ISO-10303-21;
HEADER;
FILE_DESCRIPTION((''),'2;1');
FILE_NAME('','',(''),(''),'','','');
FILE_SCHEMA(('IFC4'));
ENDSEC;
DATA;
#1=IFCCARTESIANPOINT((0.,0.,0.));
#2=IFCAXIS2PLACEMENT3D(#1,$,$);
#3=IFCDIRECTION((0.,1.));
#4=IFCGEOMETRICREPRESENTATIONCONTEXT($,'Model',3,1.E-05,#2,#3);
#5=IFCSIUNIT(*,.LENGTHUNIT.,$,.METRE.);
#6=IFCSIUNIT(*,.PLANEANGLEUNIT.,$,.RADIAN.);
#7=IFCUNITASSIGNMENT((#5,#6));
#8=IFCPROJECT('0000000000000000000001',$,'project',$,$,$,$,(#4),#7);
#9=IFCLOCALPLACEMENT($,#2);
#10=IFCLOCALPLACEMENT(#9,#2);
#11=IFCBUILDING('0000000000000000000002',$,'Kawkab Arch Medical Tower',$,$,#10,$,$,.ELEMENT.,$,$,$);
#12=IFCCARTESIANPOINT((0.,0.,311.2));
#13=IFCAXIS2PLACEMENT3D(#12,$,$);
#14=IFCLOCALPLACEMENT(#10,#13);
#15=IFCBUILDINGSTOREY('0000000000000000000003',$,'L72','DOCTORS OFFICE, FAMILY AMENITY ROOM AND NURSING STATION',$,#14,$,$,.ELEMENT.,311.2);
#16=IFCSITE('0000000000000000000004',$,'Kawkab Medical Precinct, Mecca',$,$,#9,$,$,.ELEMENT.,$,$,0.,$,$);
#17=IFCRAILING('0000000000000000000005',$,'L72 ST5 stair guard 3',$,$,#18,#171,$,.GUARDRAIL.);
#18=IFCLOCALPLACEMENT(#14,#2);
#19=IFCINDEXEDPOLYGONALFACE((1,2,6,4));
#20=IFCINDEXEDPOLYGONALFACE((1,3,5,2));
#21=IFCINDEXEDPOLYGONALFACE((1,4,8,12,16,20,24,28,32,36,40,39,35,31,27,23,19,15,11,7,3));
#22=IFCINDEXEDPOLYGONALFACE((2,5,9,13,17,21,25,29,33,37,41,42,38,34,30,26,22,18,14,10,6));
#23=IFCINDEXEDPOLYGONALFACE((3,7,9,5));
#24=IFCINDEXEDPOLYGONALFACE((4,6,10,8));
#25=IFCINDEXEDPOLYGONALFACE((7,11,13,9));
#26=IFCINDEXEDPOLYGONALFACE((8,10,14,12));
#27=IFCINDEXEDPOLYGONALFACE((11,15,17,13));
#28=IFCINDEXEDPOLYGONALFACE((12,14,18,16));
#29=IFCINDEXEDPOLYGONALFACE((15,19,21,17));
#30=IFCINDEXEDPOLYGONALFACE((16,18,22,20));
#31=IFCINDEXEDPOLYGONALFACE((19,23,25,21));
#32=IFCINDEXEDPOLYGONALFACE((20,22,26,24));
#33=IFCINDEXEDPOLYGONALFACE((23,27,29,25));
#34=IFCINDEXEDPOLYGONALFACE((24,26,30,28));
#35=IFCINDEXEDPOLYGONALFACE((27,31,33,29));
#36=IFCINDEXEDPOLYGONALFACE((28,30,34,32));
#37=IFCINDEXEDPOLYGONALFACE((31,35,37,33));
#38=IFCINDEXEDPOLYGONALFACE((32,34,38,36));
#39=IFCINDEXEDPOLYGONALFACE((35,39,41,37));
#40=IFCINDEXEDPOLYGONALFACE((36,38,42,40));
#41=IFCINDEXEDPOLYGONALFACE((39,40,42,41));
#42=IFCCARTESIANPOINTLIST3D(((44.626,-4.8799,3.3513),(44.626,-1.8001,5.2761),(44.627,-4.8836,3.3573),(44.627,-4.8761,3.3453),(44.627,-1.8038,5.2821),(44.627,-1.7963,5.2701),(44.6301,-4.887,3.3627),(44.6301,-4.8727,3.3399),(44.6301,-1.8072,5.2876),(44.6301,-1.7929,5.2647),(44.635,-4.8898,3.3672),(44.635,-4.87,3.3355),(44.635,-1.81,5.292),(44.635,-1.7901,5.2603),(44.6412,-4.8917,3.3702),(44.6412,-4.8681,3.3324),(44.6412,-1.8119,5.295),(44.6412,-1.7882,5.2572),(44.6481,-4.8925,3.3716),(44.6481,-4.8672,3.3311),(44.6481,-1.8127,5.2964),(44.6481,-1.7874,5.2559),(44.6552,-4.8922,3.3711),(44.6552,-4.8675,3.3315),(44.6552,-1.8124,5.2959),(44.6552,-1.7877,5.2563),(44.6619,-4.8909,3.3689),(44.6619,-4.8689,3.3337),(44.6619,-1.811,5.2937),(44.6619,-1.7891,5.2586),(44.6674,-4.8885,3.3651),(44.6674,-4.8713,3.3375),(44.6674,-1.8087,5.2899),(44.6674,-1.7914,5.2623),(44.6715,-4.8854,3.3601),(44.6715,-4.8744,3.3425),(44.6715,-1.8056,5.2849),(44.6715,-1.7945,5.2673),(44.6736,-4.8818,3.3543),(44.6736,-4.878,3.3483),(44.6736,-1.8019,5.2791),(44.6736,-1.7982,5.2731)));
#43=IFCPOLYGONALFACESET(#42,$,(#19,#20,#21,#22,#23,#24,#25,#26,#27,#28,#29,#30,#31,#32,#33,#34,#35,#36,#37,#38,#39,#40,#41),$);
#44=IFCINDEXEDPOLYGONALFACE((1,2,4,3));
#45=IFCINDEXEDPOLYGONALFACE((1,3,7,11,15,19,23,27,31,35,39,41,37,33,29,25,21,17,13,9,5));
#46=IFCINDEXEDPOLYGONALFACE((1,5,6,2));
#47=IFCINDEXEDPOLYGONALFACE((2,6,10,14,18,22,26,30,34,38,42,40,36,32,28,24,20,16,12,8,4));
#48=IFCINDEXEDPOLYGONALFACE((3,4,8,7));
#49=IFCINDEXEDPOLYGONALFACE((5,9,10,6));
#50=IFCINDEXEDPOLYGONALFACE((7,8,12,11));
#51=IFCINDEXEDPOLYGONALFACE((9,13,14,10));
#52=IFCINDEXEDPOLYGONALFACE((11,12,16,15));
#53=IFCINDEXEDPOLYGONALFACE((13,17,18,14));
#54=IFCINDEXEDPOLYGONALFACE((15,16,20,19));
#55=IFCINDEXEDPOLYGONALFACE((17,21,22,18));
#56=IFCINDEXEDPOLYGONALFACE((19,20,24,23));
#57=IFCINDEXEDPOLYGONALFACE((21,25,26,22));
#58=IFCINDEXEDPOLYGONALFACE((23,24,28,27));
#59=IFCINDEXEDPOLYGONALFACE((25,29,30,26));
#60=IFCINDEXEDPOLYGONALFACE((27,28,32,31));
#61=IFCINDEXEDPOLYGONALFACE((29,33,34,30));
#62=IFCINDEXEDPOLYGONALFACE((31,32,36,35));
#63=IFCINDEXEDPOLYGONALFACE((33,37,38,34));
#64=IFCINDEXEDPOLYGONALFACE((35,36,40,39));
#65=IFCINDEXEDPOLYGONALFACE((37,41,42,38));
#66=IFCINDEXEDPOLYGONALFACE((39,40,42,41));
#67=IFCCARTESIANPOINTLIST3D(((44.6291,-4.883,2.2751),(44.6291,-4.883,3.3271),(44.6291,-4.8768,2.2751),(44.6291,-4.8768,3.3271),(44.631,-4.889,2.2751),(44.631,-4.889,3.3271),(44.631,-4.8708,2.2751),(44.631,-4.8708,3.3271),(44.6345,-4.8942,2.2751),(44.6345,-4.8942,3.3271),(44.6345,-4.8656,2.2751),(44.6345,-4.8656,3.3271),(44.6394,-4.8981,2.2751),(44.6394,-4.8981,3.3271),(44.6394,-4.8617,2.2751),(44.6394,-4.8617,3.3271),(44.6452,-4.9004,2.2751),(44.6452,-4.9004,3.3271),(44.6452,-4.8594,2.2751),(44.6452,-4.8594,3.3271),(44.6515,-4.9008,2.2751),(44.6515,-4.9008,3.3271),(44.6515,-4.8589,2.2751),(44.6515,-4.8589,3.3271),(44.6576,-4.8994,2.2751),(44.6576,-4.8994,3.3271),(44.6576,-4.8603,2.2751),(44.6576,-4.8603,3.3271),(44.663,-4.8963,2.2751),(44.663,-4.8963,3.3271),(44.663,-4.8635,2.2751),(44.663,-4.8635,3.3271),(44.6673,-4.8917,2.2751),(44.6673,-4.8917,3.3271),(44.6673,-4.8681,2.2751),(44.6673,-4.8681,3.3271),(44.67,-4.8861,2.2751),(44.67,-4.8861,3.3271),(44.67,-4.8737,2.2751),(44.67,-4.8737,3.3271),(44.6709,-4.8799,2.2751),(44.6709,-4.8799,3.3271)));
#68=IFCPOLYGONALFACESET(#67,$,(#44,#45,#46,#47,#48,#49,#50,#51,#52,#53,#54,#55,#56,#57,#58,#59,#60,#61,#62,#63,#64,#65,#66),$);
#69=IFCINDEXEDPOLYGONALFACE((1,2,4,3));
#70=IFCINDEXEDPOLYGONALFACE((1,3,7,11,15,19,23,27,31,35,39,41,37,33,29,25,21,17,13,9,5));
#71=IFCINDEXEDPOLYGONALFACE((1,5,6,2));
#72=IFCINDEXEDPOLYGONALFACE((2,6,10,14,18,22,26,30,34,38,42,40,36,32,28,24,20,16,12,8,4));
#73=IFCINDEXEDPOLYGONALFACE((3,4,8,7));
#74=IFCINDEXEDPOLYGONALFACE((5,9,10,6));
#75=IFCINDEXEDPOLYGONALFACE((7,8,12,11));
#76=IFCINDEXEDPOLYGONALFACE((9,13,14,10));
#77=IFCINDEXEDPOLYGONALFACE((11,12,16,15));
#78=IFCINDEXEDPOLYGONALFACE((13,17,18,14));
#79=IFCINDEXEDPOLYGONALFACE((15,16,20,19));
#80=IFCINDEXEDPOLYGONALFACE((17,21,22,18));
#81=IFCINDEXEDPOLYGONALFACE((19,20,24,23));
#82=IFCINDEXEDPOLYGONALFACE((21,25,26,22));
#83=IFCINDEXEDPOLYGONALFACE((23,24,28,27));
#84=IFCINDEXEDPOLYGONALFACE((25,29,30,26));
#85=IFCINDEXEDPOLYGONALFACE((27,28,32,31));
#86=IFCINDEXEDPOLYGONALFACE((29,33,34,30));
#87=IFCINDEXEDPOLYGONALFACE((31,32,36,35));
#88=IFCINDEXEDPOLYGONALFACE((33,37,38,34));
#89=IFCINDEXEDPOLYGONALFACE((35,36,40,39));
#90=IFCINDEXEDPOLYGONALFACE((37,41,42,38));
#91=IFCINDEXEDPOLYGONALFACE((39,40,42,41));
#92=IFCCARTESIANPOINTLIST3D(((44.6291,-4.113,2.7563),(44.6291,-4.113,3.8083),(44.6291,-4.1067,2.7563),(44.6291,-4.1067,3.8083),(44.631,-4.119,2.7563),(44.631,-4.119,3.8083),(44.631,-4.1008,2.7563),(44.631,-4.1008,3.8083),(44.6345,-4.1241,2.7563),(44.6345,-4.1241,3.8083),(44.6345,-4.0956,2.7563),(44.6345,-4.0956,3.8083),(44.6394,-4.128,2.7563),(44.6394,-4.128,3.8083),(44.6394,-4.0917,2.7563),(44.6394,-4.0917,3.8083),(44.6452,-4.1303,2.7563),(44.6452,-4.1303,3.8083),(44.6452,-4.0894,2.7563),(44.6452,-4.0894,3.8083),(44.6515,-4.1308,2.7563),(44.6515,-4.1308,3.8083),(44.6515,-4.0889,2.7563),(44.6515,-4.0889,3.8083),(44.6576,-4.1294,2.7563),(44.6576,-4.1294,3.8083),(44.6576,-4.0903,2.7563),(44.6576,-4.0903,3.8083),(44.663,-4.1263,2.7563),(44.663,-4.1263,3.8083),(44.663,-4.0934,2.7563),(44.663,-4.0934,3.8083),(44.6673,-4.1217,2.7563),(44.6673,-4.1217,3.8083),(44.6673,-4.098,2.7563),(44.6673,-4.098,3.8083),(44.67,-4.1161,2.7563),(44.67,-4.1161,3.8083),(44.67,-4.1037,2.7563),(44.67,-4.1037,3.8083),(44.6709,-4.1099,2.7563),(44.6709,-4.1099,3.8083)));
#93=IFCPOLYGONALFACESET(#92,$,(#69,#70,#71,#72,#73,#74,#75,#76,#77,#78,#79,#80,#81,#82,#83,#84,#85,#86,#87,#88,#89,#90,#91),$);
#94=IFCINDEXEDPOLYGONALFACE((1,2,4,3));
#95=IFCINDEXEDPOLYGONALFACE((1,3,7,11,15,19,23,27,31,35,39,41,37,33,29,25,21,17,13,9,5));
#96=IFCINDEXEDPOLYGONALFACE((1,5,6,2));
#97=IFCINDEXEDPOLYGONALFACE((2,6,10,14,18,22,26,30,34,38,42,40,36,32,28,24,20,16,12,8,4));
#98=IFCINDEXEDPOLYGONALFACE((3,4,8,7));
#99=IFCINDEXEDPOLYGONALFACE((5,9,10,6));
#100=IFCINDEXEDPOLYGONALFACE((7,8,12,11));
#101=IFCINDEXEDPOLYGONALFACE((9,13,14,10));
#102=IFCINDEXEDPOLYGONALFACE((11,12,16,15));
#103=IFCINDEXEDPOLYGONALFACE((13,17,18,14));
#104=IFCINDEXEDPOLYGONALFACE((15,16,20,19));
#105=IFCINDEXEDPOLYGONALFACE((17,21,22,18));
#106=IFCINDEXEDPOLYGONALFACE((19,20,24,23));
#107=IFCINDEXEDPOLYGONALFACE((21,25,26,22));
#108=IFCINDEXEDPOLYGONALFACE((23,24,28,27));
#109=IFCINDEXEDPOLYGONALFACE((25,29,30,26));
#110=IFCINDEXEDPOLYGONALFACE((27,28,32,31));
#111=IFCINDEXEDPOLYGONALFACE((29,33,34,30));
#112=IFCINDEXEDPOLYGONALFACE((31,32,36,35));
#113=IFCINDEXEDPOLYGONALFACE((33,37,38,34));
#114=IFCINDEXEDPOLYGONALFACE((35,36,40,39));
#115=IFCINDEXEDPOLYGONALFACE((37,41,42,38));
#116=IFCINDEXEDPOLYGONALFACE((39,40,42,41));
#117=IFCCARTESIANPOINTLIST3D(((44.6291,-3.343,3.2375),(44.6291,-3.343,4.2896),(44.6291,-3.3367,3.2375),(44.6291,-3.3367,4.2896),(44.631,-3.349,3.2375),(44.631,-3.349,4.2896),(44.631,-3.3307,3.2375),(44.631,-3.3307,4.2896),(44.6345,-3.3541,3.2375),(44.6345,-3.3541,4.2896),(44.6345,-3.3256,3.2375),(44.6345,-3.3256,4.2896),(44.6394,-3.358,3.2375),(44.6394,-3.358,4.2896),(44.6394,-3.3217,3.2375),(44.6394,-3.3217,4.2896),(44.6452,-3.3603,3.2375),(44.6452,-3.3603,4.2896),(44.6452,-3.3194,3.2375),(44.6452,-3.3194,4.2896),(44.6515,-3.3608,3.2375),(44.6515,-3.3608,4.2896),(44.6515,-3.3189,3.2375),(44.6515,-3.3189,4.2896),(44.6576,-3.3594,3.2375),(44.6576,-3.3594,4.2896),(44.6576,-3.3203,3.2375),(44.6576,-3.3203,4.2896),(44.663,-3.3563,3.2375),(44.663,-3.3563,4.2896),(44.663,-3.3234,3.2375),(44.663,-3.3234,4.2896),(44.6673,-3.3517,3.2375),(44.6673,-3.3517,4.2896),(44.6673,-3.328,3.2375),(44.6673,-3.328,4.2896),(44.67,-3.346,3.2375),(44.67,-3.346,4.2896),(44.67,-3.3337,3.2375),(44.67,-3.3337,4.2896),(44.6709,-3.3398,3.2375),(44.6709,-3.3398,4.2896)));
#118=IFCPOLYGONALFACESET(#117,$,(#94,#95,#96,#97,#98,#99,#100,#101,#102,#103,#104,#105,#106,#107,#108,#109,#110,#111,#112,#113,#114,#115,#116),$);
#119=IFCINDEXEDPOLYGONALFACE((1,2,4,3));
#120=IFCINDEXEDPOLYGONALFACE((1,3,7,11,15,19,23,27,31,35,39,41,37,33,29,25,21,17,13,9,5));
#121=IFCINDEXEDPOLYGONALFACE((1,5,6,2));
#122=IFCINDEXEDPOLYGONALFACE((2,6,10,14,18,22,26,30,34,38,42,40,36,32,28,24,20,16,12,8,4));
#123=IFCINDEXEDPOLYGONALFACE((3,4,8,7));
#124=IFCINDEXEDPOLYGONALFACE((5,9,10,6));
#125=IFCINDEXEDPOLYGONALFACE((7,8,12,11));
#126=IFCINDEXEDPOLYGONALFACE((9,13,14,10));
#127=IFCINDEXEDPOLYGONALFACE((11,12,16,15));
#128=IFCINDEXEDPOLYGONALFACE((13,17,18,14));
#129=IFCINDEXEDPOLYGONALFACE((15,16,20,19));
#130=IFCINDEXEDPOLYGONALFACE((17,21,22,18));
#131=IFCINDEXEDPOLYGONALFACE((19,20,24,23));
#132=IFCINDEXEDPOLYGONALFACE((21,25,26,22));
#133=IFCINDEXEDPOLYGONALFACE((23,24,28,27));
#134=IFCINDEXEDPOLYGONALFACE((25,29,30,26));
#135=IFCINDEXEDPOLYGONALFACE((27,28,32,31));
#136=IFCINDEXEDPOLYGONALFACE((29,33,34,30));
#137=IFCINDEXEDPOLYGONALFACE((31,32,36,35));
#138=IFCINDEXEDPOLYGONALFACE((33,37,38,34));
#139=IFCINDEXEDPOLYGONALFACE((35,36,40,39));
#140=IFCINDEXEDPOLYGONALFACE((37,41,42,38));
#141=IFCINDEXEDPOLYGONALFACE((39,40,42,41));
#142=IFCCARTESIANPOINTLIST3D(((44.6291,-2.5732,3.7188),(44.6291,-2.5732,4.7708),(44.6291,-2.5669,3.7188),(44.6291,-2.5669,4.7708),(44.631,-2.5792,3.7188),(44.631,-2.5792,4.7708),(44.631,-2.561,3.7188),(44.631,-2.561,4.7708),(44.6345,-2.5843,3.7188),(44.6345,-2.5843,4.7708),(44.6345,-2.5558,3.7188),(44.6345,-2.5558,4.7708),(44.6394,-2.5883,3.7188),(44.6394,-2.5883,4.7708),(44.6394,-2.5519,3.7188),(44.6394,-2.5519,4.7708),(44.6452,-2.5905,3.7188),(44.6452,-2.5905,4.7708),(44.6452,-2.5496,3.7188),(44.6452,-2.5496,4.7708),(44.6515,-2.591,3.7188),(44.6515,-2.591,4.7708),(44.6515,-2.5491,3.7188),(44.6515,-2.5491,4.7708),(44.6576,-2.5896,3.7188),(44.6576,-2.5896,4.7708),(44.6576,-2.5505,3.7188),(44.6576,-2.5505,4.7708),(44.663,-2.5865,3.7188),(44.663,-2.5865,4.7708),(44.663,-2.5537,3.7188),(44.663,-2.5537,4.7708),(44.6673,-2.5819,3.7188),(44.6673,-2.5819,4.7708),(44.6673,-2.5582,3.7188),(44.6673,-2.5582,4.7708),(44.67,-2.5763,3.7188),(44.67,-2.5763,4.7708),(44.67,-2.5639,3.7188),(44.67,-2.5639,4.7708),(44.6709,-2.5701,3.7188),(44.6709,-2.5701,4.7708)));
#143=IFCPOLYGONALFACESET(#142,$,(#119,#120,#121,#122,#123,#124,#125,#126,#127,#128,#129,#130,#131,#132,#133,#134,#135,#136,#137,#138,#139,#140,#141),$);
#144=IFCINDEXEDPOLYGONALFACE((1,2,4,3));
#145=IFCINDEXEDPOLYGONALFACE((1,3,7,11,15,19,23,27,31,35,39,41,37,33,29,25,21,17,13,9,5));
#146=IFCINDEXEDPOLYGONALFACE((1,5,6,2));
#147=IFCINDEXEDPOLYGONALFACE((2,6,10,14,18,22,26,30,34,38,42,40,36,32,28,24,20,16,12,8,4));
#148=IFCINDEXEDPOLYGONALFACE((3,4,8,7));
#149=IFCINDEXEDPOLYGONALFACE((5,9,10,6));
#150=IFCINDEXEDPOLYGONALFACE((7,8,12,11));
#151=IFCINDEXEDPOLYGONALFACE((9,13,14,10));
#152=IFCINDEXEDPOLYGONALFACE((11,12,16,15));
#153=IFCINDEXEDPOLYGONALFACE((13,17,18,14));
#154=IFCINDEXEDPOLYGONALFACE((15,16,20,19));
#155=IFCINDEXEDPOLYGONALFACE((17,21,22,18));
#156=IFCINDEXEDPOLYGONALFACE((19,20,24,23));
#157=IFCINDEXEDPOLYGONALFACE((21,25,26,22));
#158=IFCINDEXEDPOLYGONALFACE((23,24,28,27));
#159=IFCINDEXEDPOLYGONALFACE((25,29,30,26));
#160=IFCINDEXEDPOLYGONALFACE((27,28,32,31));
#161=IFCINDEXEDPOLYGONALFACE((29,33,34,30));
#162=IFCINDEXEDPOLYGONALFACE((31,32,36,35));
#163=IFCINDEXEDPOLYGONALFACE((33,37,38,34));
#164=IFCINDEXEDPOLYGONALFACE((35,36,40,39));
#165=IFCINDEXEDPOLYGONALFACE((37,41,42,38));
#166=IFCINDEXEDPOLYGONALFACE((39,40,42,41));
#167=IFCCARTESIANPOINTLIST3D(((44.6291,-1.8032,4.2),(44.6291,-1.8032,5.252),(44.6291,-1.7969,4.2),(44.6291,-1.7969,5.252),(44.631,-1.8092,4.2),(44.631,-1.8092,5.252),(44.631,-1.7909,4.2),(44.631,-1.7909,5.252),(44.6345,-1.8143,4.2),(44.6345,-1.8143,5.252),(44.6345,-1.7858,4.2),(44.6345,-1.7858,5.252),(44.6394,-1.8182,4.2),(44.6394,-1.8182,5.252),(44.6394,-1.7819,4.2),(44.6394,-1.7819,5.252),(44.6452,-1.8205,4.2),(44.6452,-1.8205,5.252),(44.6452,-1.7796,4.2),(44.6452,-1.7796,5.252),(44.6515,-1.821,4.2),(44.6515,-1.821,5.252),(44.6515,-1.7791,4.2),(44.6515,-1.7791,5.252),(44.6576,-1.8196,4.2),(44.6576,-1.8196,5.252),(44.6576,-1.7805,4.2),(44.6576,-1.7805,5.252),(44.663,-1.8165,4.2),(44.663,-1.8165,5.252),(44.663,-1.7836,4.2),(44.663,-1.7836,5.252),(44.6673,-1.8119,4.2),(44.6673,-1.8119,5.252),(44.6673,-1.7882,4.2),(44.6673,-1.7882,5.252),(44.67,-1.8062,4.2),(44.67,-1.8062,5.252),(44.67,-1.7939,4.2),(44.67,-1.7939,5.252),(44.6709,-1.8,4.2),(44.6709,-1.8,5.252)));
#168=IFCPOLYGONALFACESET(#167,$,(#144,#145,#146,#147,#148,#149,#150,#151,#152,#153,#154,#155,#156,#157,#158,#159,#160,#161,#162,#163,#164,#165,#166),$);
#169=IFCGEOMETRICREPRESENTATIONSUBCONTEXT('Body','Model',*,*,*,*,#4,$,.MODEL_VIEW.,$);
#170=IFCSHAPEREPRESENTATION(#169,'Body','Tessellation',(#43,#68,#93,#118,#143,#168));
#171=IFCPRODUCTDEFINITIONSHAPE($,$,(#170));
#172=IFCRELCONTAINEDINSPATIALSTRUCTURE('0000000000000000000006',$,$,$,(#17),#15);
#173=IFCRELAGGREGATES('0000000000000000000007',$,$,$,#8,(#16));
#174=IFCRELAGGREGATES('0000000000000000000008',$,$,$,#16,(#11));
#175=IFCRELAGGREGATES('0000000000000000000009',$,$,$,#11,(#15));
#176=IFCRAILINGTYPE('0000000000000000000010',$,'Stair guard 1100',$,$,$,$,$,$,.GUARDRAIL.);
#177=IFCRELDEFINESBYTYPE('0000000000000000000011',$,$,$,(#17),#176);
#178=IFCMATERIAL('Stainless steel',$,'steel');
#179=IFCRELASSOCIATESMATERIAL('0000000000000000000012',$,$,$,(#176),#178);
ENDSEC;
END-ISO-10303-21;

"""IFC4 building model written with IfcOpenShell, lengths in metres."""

from ifc_helpers import new_model, si_unit, direction, frame, origin, origin_2d, place, context, subcontext, project, spatial, circle, extrude, material, type_object, element, save


model = new_model("IFC4")

# Units and contexts
model_context = context("Model", 3, precision=1e-05, world=origin(), true_north=direction((0.0, 1.0)))
body_context = subcontext(model_context, "Body", "Model", "MODEL_VIEW")
ifc_project = project(units=[si_unit("LENGTHUNIT", "METRE"), si_unit("PLANEANGLEUNIT", "RADIAN")], contexts=[model_context])

# Site, building, storey
site_placement = place(None, origin())
site = spatial("IfcSite", under=ifc_project, at=site_placement, Name="Kawkab Medical Precinct, Mecca", CompositionType="ELEMENT", RefElevation=0.0)
building_placement = place(site_placement, origin())
building = spatial("IfcBuilding", under=site, at=building_placement, Name="Kawkab Arch Medical Tower", CompositionType="ELEMENT")
storey_placement = place(building_placement, frame((0.0, 0.0, 311.2)))
storey = spatial("IfcBuildingStorey", under=building, at=storey_placement, Name="L72", Description="DOCTORS OFFICE, FAMILY AMENITY ROOM AND NURSING STATION", CompositionType="ELEMENT", Elevation=311.2)

# Railing
ifc_material_1 = material(Name="Stainless steel", Category="steel")
railing_type = type_object("IfcRailingType", Name="Stair guard 1100", PredefinedType="GUARDRAIL", material=ifc_material_1)
railing_1_placement = place(storey_placement, frame((44.6499, -4.8799, 2.2751)))
element("IfcRailing", 1, at=railing_1_placement, inside=storey, type_object=railing_type, Name="L72 ST5 stair guard 3", PredefinedType="GUARDRAIL", context=body_context, shape_type="SweptSolid", body=[
    extrude(circle(Radius=0.0239, at=origin_2d()), frame((0.0, 0.0, 1.0762), z_axis=(0.0, 0.84801, 0.529981), x_axis=(-1.0, 0.0, 0.0)), (0.0, 0.0, 1.0), 3.6318),
    extrude(circle(Radius=0.021, at=origin_2d()), origin(), (0.0, 0.0, 1.0), 1.052),
    extrude(circle(Radius=0.021, at=origin_2d()), frame((0.0, 0.77, 0.4812)), (0.0, 0.0, 1.0), 1.052),
    extrude(circle(Radius=0.021, at=origin_2d()), frame((0.0, 1.54, 0.9624)), (0.0, 0.0, 1.0), 1.052),
    extrude(circle(Radius=0.021, at=origin_2d()), frame((0.0, 2.3098, 1.4436)), (0.0, 0.0, 1.0), 1.052),
    extrude(circle(Radius=0.021, at=origin_2d()), frame((0.0, 3.0798, 1.9248)), (0.0, 0.0, 1.0), 1.052),
])

save(model, "model.ifc")
